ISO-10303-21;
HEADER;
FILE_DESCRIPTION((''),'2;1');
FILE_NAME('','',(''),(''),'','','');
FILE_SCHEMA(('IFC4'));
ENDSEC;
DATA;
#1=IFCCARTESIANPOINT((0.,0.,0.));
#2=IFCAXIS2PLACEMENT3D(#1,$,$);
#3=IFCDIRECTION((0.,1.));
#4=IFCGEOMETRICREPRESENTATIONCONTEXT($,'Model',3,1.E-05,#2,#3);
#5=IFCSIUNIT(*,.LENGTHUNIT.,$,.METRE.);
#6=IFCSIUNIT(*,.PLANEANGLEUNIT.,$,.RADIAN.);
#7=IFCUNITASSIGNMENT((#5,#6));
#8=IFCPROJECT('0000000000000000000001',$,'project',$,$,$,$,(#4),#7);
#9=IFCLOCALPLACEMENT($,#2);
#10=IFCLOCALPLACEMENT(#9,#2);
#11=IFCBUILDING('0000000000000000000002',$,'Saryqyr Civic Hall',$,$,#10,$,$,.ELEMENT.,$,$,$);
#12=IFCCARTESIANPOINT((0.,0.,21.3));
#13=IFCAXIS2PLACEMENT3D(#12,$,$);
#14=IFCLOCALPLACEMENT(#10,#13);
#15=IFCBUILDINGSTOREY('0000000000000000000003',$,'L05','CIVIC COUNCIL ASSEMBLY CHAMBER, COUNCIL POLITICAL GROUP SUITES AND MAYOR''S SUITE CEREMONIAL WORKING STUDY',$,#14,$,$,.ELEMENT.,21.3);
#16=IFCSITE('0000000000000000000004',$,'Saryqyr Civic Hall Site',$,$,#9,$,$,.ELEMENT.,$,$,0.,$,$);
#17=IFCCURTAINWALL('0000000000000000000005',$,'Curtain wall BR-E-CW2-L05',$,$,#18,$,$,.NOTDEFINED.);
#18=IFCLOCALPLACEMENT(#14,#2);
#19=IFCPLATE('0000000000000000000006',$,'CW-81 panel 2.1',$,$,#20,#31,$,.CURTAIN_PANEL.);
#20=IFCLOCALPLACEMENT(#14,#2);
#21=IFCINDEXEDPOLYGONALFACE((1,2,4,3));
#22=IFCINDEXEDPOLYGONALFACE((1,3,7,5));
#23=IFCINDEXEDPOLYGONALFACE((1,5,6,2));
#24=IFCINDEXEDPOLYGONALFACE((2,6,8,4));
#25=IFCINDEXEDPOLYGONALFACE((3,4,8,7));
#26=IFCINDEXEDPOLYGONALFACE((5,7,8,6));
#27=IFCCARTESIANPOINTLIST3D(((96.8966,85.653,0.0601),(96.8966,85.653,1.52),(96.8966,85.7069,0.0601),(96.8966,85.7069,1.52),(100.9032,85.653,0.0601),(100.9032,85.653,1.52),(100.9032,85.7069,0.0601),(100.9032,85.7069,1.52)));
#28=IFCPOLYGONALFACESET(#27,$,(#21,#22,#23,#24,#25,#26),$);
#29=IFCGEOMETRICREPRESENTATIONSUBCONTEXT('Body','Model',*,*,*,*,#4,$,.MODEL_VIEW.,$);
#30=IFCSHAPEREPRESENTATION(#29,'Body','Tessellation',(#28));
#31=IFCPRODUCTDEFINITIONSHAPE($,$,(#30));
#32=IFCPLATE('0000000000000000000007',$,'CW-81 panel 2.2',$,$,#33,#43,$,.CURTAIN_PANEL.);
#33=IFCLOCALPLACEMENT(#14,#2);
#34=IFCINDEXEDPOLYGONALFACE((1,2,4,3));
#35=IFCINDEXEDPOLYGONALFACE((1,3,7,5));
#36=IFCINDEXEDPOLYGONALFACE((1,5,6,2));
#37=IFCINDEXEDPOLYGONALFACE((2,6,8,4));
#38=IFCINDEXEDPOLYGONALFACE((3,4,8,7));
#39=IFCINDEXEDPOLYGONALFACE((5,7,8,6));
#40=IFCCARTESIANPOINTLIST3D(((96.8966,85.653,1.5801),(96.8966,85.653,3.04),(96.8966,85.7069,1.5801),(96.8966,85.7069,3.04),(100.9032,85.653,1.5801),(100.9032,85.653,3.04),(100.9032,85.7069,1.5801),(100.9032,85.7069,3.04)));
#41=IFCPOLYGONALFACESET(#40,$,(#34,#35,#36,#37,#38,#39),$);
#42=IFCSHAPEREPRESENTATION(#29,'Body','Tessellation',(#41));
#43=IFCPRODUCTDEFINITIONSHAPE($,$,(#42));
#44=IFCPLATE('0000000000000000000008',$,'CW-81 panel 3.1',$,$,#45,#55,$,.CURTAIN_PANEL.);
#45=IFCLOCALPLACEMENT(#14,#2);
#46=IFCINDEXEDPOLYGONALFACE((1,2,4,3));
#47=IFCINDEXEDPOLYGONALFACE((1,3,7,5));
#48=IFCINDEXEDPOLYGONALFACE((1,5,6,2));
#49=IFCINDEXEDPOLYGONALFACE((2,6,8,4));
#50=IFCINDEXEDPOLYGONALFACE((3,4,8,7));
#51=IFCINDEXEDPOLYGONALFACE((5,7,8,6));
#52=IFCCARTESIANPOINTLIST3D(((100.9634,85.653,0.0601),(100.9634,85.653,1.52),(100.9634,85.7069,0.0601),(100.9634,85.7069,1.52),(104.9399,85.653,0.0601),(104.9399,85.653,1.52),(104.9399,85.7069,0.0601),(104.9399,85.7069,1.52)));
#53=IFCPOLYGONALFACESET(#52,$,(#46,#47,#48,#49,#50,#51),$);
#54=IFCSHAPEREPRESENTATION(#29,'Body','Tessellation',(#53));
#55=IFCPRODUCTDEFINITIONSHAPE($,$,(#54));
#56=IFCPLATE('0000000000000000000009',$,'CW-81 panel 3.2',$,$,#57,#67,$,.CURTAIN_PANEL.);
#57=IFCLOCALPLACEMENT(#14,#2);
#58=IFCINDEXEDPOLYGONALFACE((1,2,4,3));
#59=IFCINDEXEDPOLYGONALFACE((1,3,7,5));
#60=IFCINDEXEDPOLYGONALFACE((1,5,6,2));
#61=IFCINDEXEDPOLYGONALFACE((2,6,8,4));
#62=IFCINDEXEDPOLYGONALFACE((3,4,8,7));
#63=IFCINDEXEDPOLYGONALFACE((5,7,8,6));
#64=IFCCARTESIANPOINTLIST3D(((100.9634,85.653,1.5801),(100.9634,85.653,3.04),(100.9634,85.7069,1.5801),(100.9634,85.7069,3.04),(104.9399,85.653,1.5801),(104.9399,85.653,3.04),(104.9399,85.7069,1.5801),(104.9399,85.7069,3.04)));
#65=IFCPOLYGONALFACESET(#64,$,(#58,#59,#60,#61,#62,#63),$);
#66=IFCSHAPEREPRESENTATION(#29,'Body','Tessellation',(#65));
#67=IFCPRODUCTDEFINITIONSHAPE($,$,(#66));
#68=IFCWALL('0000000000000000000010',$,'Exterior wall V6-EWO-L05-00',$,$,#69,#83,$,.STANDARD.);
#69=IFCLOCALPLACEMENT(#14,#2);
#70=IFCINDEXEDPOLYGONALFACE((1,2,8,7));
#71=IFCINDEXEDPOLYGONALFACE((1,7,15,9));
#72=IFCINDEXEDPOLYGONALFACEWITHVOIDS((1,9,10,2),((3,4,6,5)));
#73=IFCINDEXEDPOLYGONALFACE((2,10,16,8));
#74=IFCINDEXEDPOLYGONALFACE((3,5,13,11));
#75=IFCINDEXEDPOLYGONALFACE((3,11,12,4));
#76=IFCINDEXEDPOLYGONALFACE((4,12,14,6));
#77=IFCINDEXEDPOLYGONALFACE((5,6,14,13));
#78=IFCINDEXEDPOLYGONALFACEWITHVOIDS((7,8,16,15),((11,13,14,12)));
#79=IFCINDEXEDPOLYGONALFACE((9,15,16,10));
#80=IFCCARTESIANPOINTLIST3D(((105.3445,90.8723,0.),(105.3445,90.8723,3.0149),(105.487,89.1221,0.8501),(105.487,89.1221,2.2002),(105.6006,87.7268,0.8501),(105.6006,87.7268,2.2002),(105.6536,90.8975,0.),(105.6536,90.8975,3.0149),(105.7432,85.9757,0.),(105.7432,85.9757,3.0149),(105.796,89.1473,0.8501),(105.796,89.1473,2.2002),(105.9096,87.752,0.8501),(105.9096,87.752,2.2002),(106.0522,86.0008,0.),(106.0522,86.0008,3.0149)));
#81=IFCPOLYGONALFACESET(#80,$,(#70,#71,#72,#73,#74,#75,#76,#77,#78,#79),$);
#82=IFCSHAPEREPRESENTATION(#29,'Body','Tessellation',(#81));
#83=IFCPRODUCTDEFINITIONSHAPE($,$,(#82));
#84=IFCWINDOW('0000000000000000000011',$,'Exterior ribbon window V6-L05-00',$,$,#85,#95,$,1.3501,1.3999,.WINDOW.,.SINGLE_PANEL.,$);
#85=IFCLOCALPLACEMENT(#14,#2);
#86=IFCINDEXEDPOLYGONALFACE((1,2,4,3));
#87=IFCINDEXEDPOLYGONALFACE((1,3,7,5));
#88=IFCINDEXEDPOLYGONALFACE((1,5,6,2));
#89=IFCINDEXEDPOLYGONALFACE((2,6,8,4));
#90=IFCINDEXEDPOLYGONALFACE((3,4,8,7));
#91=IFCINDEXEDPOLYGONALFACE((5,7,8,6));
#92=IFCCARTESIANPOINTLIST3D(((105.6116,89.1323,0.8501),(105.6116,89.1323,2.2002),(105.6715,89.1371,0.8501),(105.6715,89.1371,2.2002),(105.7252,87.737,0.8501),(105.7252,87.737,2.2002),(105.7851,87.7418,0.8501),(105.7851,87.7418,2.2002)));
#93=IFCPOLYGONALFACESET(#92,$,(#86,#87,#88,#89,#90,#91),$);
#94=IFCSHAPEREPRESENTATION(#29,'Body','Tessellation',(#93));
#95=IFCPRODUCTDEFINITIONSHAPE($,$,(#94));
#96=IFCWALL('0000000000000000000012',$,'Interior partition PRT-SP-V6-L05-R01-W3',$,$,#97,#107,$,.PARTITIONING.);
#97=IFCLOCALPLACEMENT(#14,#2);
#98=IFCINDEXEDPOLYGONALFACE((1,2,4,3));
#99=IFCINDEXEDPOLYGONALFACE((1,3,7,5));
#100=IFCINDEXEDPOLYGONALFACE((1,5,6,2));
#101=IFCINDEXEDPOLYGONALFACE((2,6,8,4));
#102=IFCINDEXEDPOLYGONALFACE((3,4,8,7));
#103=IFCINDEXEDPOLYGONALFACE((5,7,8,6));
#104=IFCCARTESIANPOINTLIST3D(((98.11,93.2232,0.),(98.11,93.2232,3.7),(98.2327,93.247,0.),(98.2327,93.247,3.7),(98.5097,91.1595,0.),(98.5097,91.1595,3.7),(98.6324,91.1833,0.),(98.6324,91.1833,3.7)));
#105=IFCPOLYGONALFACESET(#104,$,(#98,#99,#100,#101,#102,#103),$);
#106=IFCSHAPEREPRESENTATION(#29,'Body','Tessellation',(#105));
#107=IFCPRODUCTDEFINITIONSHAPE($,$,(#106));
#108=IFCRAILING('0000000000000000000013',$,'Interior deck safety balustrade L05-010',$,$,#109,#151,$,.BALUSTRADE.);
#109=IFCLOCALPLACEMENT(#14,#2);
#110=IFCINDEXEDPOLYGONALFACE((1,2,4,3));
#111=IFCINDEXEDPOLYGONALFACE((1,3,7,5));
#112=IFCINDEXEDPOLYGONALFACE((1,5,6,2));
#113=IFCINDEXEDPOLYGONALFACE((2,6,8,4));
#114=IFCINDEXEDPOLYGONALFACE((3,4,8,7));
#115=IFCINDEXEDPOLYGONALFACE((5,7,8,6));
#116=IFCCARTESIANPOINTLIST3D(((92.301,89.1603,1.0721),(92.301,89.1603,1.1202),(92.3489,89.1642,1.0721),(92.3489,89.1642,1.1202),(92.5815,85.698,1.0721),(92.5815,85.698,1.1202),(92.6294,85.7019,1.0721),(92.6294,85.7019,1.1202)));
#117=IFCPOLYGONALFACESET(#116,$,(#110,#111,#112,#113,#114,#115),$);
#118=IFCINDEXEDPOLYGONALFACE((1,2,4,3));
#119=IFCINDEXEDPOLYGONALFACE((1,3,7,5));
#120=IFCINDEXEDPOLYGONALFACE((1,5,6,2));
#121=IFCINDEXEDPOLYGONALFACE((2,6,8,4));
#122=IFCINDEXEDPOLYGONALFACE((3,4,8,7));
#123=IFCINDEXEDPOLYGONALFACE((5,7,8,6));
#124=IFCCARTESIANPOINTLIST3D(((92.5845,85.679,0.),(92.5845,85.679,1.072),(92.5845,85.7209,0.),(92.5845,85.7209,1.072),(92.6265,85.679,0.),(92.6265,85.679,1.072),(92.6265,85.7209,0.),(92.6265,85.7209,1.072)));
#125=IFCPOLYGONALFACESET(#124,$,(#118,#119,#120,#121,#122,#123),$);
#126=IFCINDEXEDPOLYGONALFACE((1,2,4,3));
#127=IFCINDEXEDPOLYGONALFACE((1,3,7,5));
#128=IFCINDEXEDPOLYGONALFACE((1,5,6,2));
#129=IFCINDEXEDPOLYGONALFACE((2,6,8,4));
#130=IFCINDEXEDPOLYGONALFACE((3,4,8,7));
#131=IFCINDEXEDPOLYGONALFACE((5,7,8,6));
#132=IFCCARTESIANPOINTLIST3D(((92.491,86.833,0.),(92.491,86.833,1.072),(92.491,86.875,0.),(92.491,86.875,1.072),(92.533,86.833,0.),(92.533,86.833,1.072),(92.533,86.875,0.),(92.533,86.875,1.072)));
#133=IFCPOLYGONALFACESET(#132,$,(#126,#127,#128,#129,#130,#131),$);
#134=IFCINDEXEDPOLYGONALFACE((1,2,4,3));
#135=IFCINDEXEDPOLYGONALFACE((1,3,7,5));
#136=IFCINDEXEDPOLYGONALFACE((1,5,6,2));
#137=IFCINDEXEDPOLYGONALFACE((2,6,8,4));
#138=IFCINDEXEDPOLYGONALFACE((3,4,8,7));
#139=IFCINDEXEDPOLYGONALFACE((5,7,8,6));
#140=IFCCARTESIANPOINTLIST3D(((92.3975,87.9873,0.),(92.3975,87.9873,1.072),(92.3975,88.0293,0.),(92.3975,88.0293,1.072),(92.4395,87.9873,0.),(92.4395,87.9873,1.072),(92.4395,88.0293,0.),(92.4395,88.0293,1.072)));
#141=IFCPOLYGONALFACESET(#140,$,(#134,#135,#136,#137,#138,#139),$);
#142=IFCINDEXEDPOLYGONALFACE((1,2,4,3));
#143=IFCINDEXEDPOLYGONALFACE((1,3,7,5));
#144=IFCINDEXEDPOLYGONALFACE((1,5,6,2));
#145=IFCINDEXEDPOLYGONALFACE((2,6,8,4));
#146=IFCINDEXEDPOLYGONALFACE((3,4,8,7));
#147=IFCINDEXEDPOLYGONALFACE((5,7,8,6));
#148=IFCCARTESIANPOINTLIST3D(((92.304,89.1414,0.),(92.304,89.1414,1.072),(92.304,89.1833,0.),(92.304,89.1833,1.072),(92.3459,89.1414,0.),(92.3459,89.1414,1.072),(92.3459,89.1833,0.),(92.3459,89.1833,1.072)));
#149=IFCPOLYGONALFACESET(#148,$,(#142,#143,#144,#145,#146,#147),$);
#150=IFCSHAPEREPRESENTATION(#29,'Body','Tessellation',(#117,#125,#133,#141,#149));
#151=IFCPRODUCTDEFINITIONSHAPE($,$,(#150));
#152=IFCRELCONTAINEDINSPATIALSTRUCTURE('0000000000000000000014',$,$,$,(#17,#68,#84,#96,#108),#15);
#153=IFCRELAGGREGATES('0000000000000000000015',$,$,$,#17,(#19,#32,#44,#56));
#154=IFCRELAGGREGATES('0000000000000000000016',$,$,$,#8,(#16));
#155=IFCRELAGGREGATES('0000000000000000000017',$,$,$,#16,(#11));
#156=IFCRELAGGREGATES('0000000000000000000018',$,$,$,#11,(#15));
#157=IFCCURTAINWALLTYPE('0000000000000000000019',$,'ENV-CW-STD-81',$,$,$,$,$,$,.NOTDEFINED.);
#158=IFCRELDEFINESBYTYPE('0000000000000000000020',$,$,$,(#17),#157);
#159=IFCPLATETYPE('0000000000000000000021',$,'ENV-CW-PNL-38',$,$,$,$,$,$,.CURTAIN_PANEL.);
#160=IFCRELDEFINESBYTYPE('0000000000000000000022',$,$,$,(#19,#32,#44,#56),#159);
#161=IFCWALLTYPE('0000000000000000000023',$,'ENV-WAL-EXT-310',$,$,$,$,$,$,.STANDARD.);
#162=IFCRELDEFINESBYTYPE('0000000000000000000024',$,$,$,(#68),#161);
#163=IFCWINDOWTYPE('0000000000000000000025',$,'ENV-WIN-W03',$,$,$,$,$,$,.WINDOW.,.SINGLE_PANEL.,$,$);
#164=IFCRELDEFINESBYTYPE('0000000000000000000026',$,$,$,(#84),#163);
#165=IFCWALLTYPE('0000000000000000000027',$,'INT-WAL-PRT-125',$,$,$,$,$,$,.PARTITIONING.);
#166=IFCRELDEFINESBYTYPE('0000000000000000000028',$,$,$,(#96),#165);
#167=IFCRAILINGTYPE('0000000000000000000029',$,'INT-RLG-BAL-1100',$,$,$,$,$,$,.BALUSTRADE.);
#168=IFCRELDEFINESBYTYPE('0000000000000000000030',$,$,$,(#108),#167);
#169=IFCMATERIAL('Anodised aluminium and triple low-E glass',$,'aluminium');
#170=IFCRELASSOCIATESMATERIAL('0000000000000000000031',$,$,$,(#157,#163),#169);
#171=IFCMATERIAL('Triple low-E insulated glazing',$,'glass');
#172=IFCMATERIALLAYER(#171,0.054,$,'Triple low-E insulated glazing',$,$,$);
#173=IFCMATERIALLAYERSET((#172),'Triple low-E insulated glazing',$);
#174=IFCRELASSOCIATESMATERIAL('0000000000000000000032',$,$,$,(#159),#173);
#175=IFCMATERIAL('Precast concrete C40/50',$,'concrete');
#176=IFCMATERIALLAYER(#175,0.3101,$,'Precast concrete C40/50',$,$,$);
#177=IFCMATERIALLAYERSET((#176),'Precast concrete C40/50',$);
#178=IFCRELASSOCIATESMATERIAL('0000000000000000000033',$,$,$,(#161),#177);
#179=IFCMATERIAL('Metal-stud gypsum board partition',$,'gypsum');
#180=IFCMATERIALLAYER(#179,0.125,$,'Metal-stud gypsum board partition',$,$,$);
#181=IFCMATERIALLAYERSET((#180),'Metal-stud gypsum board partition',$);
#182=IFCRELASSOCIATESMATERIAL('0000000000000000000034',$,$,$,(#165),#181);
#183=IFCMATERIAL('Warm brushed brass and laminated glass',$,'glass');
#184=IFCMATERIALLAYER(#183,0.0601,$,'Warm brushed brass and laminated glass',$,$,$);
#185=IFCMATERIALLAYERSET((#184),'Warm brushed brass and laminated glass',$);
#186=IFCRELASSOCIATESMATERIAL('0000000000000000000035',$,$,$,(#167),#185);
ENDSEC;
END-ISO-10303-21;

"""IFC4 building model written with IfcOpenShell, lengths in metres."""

from ifc_helpers import new_model, si_unit, direction, frame, frame_2d, origin, origin_2d, place, context, subcontext, project, spatial, rectangle, extrude, material, layer, layer_set, type_object, element, fill, aggregate, save


model = new_model("IFC4")

# Units and contexts
model_context = context("Model", 3, precision=1e-05, world=origin(), true_north=direction((0.0, 1.0)))
body_context = subcontext(model_context, "Body", "Model", "MODEL_VIEW")
ifc_project = project(units=[si_unit("LENGTHUNIT", "METRE"), si_unit("PLANEANGLEUNIT", "RADIAN")], contexts=[model_context])

# Site, building, storey
site_placement = place(None, origin())
site = spatial("IfcSite", under=ifc_project, at=site_placement, Name="Saryqyr Civic Hall Site", CompositionType="ELEMENT", RefElevation=0.0)
building_placement = place(site_placement, origin())
building = spatial("IfcBuilding", under=site, at=building_placement, Name="Saryqyr Civic Hall", CompositionType="ELEMENT")
storey_placement = place(building_placement, frame((0.0, 0.0, 21.3)))
storey = spatial("IfcBuildingStorey", under=building, at=storey_placement, Name="L05", Description="CIVIC COUNCIL ASSEMBLY CHAMBER, COUNCIL POLITICAL GROUP SUITES AND MAYOR'S SUITE CEREMONIAL WORKING STUDY", CompositionType="ELEMENT", Elevation=21.3)

# Shared definitions
ifc_material_1 = material(Name="Anodised aluminium and triple low-E glass", Category="aluminium")

# Curtain wall
curtain_wall_type_1 = type_object("IfcCurtainWallType", Name="ENV-CW-STD-81", PredefinedType="NOTDEFINED", material=ifc_material_1)
curtain_wall_1_placement = place(storey_placement, origin())
curtain_wall_1 = element("IfcCurtainWall", 1, at=curtain_wall_1_placement, inside=storey, type_object=curtain_wall_type_1, Name="Curtain wall BR-E-CW2-L05", PredefinedType="NOTDEFINED")

# Shared definitions
ifc_material_2 = material(Name="Precast concrete C40/50", Category="concrete")

# Plates
ifc_material_3 = material(Name="Triple low-E insulated glazing", Category="glass")
ifc_layer_1 = layer(ifc_material_3, 0.054, Name="Triple low-E insulated glazing")
ifc_layer_set_1 = layer_set([ifc_layer_1], Name="Triple low-E insulated glazing")
plate_type = type_object("IfcPlateType", Name="ENV-CW-PNL-38", PredefinedType="CURTAIN_PANEL", material=ifc_layer_set_1)
plate_1_placement = place(storey_placement, frame((98.8999, 85.6799, 0.0601), z_axis=(0.0, 0.0, 1.0), x_axis=(1.0, 0.0, 0.0)))
plate_1 = element("IfcPlate", 2, at=plate_1_placement, type_object=plate_type, Name="CW-81 panel 2.1", PredefinedType="CURTAIN_PANEL", context=body_context, shape_type="SweptSolid", body=[
    extrude(rectangle(XDim=4.0066, YDim=0.054, at=origin_2d()), origin(), (0.0, 0.0, 1.0), 1.46),
])
plate_2_placement = place(storey_placement, frame((98.8999, 85.6799, 1.5801), z_axis=(0.0, 0.0, 1.0), x_axis=(1.0, 0.0, 0.0)))
plate_2 = element("IfcPlate", 3, at=plate_2_placement, type_object=plate_type, Name="CW-81 panel 2.2", PredefinedType="CURTAIN_PANEL", context=body_context, shape_type="SweptSolid", body=[
    extrude(rectangle(XDim=4.0066, YDim=0.054, at=origin_2d()), origin(), (0.0, 0.0, 1.0), 1.46),
])
plate_3_placement = place(storey_placement, frame((102.9517, 85.6799, 0.0601), z_axis=(0.0, 0.0, 1.0), x_axis=(1.0, 0.0, 0.0)))
plate_3 = element("IfcPlate", 4, at=plate_3_placement, type_object=plate_type, Name="CW-81 panel 3.1", PredefinedType="CURTAIN_PANEL", context=body_context, shape_type="SweptSolid", body=[
    extrude(rectangle(XDim=3.9766, YDim=0.054, at=origin_2d()), origin(), (0.0, 0.0, 1.0), 1.46),
])
plate_4_placement = place(storey_placement, frame((102.9517, 85.6799, 1.5801), z_axis=(0.0, 0.0, 1.0), x_axis=(1.0, 0.0, 0.0)))
plate_4 = element("IfcPlate", 5, at=plate_4_placement, type_object=plate_type, Name="CW-81 panel 3.2", PredefinedType="CURTAIN_PANEL", context=body_context, shape_type="SweptSolid", body=[
    extrude(rectangle(XDim=3.9766, YDim=0.054, at=origin_2d()), origin(), (0.0, 0.0, 1.0), 1.46),
])
aggregate(curtain_wall_1, [plate_1, plate_2, plate_3, plate_4])

# Wall, opening, window
ifc_layer_2 = layer(ifc_material_2, 0.3101, Name="Precast concrete C40/50")
ifc_layer_set_2 = layer_set([ifc_layer_2], Name="Precast concrete C40/50")
wall_type_1 = type_object("IfcWallType", Name="ENV-WAL-EXT-310", PredefinedType="STANDARD", material=ifc_layer_set_2)
wall_1_placement = place(storey_placement, frame((105.499, 90.885, 0.0), z_axis=(0.0, 0.0, 1.0), x_axis=(0.081149, -0.996702, 0.0)))
wall_1 = element("IfcWall", 6, at=wall_1_placement, inside=storey, type_object=wall_type_1, Name="Exterior wall V6-EWO-L05-00", PredefinedType="STANDARD", context=body_context, shape_type="SweptSolid", body=[
    extrude(rectangle(XDim=4.9128, YDim=0.3101, at=frame_2d((2.4565, 0.0))), origin(), (0.0, 0.0, 1.0), 3.0149),
])
opening_placement = place(wall_1_placement, frame((1.7561, 0.0, 0.8501)))
opening = element("IfcOpeningElement", 7, at=opening_placement, cuts=wall_1, PredefinedType="OPENING", context=body_context, shape_type="SweptSolid", body=[
    extrude(rectangle(XDim=1.3999, YDim=1.3501, at=frame_2d((0.7, 0.675))), frame((0.0, 0.165, 0.0), z_axis=(0.0, -1.0, 0.0), x_axis=(1.0, 0.0, 0.0)), (0.0, 0.0, 1.0), 0.3301),
])
window_type = type_object("IfcWindowType", Name="ENV-WIN-W03", PartitioningType="SINGLE_PANEL", PredefinedType="WINDOW", material=ifc_material_1)
window_placement = place(opening_placement, origin())
window = element("IfcWindow", 8, at=window_placement, inside=storey, type_object=window_type, Name="Exterior ribbon window V6-L05-00", OverallHeight=1.3501, OverallWidth=1.3999, PartitioningType="SINGLE_PANEL", PredefinedType="WINDOW", context=body_context, shape_type="SweptSolid", body=[
    extrude(rectangle(XDim=1.3999, YDim=1.3501, at=frame_2d((0.7, 0.675))), frame((0.0, 0.03, 0.0), z_axis=(0.0, -1.0, 0.0), x_axis=(1.0, 0.0, 0.0)), (0.0, 0.0, 1.0), 0.0601),
])
fill(opening, window)

# Wall
ifc_material_4 = material(Name="Metal-stud gypsum board partition", Category="gypsum")
ifc_layer_3 = layer(ifc_material_4, 0.125, Name="Metal-stud gypsum board partition")
ifc_layer_set_3 = layer_set([ifc_layer_3], Name="Metal-stud gypsum board partition")
wall_type_2 = type_object("IfcWallType", Name="INT-WAL-PRT-125", PredefinedType="PARTITIONING", material=ifc_layer_set_3)
wall_2_placement = place(storey_placement, frame((98.571, 91.1714, 0.0), z_axis=(0.0, 0.0, 1.0), x_axis=(-0.190127, 0.98176, 0.0)))
element("IfcWall", 9, at=wall_2_placement, inside=storey, type_object=wall_type_2, Name="Interior partition PRT-SP-V6-L05-R01-W3", PredefinedType="PARTITIONING", context=body_context, shape_type="SweptSolid", body=[
    extrude(rectangle(XDim=2.1021, YDim=0.125, at=frame_2d((1.051, 0.0))), origin(), (0.0, 0.0, 1.0), 3.7),
])

# Railing
ifc_material_5 = material(Name="Warm brushed brass and laminated glass", Category="glass")
ifc_layer_4 = layer(ifc_material_5, 0.0601, Name="Warm brushed brass and laminated glass")
ifc_layer_set_4 = layer_set([ifc_layer_4], Name="Warm brushed brass and laminated glass")
railing_type = type_object("IfcRailingType", Name="INT-RLG-BAL-1100", PredefinedType="BALUSTRADE", material=ifc_layer_set_4)
railing_1_placement = place(storey_placement, frame((92.6055, 85.7, 0.0)))
element("IfcRailing", 10, at=railing_1_placement, inside=storey, type_object=railing_type, Name="Interior deck safety balustrade L05-010", PredefinedType="BALUSTRADE", context=body_context, shape_type="SweptSolid", body=[
    extrude(rectangle(XDim=0.0481, YDim=0.0481, at=origin_2d()), frame((0.0, 0.0, 1.0962), z_axis=(-0.080754, 0.996734, 0.0), x_axis=(-0.996734, -0.080754, 0.0)), (0.0, 0.0, 1.0), 3.4736),
    extrude(rectangle(XDim=0.042, YDim=0.042, at=origin_2d()), origin(), (0.0, 0.0, 1.0), 1.072),
    extrude(rectangle(XDim=0.042, YDim=0.042, at=origin_2d()), frame((-0.0935, 1.1541, 0.0)), (0.0, 0.0, 1.0), 1.072),
    extrude(rectangle(XDim=0.042, YDim=0.042, at=origin_2d()), frame((-0.187, 2.3083, 0.0)), (0.0, 0.0, 1.0), 1.072),
    extrude(rectangle(XDim=0.042, YDim=0.042, at=origin_2d()), frame((-0.2805, 3.4624, 0.0)), (0.0, 0.0, 1.0), 1.072),
])

save(model, "model.ifc")
